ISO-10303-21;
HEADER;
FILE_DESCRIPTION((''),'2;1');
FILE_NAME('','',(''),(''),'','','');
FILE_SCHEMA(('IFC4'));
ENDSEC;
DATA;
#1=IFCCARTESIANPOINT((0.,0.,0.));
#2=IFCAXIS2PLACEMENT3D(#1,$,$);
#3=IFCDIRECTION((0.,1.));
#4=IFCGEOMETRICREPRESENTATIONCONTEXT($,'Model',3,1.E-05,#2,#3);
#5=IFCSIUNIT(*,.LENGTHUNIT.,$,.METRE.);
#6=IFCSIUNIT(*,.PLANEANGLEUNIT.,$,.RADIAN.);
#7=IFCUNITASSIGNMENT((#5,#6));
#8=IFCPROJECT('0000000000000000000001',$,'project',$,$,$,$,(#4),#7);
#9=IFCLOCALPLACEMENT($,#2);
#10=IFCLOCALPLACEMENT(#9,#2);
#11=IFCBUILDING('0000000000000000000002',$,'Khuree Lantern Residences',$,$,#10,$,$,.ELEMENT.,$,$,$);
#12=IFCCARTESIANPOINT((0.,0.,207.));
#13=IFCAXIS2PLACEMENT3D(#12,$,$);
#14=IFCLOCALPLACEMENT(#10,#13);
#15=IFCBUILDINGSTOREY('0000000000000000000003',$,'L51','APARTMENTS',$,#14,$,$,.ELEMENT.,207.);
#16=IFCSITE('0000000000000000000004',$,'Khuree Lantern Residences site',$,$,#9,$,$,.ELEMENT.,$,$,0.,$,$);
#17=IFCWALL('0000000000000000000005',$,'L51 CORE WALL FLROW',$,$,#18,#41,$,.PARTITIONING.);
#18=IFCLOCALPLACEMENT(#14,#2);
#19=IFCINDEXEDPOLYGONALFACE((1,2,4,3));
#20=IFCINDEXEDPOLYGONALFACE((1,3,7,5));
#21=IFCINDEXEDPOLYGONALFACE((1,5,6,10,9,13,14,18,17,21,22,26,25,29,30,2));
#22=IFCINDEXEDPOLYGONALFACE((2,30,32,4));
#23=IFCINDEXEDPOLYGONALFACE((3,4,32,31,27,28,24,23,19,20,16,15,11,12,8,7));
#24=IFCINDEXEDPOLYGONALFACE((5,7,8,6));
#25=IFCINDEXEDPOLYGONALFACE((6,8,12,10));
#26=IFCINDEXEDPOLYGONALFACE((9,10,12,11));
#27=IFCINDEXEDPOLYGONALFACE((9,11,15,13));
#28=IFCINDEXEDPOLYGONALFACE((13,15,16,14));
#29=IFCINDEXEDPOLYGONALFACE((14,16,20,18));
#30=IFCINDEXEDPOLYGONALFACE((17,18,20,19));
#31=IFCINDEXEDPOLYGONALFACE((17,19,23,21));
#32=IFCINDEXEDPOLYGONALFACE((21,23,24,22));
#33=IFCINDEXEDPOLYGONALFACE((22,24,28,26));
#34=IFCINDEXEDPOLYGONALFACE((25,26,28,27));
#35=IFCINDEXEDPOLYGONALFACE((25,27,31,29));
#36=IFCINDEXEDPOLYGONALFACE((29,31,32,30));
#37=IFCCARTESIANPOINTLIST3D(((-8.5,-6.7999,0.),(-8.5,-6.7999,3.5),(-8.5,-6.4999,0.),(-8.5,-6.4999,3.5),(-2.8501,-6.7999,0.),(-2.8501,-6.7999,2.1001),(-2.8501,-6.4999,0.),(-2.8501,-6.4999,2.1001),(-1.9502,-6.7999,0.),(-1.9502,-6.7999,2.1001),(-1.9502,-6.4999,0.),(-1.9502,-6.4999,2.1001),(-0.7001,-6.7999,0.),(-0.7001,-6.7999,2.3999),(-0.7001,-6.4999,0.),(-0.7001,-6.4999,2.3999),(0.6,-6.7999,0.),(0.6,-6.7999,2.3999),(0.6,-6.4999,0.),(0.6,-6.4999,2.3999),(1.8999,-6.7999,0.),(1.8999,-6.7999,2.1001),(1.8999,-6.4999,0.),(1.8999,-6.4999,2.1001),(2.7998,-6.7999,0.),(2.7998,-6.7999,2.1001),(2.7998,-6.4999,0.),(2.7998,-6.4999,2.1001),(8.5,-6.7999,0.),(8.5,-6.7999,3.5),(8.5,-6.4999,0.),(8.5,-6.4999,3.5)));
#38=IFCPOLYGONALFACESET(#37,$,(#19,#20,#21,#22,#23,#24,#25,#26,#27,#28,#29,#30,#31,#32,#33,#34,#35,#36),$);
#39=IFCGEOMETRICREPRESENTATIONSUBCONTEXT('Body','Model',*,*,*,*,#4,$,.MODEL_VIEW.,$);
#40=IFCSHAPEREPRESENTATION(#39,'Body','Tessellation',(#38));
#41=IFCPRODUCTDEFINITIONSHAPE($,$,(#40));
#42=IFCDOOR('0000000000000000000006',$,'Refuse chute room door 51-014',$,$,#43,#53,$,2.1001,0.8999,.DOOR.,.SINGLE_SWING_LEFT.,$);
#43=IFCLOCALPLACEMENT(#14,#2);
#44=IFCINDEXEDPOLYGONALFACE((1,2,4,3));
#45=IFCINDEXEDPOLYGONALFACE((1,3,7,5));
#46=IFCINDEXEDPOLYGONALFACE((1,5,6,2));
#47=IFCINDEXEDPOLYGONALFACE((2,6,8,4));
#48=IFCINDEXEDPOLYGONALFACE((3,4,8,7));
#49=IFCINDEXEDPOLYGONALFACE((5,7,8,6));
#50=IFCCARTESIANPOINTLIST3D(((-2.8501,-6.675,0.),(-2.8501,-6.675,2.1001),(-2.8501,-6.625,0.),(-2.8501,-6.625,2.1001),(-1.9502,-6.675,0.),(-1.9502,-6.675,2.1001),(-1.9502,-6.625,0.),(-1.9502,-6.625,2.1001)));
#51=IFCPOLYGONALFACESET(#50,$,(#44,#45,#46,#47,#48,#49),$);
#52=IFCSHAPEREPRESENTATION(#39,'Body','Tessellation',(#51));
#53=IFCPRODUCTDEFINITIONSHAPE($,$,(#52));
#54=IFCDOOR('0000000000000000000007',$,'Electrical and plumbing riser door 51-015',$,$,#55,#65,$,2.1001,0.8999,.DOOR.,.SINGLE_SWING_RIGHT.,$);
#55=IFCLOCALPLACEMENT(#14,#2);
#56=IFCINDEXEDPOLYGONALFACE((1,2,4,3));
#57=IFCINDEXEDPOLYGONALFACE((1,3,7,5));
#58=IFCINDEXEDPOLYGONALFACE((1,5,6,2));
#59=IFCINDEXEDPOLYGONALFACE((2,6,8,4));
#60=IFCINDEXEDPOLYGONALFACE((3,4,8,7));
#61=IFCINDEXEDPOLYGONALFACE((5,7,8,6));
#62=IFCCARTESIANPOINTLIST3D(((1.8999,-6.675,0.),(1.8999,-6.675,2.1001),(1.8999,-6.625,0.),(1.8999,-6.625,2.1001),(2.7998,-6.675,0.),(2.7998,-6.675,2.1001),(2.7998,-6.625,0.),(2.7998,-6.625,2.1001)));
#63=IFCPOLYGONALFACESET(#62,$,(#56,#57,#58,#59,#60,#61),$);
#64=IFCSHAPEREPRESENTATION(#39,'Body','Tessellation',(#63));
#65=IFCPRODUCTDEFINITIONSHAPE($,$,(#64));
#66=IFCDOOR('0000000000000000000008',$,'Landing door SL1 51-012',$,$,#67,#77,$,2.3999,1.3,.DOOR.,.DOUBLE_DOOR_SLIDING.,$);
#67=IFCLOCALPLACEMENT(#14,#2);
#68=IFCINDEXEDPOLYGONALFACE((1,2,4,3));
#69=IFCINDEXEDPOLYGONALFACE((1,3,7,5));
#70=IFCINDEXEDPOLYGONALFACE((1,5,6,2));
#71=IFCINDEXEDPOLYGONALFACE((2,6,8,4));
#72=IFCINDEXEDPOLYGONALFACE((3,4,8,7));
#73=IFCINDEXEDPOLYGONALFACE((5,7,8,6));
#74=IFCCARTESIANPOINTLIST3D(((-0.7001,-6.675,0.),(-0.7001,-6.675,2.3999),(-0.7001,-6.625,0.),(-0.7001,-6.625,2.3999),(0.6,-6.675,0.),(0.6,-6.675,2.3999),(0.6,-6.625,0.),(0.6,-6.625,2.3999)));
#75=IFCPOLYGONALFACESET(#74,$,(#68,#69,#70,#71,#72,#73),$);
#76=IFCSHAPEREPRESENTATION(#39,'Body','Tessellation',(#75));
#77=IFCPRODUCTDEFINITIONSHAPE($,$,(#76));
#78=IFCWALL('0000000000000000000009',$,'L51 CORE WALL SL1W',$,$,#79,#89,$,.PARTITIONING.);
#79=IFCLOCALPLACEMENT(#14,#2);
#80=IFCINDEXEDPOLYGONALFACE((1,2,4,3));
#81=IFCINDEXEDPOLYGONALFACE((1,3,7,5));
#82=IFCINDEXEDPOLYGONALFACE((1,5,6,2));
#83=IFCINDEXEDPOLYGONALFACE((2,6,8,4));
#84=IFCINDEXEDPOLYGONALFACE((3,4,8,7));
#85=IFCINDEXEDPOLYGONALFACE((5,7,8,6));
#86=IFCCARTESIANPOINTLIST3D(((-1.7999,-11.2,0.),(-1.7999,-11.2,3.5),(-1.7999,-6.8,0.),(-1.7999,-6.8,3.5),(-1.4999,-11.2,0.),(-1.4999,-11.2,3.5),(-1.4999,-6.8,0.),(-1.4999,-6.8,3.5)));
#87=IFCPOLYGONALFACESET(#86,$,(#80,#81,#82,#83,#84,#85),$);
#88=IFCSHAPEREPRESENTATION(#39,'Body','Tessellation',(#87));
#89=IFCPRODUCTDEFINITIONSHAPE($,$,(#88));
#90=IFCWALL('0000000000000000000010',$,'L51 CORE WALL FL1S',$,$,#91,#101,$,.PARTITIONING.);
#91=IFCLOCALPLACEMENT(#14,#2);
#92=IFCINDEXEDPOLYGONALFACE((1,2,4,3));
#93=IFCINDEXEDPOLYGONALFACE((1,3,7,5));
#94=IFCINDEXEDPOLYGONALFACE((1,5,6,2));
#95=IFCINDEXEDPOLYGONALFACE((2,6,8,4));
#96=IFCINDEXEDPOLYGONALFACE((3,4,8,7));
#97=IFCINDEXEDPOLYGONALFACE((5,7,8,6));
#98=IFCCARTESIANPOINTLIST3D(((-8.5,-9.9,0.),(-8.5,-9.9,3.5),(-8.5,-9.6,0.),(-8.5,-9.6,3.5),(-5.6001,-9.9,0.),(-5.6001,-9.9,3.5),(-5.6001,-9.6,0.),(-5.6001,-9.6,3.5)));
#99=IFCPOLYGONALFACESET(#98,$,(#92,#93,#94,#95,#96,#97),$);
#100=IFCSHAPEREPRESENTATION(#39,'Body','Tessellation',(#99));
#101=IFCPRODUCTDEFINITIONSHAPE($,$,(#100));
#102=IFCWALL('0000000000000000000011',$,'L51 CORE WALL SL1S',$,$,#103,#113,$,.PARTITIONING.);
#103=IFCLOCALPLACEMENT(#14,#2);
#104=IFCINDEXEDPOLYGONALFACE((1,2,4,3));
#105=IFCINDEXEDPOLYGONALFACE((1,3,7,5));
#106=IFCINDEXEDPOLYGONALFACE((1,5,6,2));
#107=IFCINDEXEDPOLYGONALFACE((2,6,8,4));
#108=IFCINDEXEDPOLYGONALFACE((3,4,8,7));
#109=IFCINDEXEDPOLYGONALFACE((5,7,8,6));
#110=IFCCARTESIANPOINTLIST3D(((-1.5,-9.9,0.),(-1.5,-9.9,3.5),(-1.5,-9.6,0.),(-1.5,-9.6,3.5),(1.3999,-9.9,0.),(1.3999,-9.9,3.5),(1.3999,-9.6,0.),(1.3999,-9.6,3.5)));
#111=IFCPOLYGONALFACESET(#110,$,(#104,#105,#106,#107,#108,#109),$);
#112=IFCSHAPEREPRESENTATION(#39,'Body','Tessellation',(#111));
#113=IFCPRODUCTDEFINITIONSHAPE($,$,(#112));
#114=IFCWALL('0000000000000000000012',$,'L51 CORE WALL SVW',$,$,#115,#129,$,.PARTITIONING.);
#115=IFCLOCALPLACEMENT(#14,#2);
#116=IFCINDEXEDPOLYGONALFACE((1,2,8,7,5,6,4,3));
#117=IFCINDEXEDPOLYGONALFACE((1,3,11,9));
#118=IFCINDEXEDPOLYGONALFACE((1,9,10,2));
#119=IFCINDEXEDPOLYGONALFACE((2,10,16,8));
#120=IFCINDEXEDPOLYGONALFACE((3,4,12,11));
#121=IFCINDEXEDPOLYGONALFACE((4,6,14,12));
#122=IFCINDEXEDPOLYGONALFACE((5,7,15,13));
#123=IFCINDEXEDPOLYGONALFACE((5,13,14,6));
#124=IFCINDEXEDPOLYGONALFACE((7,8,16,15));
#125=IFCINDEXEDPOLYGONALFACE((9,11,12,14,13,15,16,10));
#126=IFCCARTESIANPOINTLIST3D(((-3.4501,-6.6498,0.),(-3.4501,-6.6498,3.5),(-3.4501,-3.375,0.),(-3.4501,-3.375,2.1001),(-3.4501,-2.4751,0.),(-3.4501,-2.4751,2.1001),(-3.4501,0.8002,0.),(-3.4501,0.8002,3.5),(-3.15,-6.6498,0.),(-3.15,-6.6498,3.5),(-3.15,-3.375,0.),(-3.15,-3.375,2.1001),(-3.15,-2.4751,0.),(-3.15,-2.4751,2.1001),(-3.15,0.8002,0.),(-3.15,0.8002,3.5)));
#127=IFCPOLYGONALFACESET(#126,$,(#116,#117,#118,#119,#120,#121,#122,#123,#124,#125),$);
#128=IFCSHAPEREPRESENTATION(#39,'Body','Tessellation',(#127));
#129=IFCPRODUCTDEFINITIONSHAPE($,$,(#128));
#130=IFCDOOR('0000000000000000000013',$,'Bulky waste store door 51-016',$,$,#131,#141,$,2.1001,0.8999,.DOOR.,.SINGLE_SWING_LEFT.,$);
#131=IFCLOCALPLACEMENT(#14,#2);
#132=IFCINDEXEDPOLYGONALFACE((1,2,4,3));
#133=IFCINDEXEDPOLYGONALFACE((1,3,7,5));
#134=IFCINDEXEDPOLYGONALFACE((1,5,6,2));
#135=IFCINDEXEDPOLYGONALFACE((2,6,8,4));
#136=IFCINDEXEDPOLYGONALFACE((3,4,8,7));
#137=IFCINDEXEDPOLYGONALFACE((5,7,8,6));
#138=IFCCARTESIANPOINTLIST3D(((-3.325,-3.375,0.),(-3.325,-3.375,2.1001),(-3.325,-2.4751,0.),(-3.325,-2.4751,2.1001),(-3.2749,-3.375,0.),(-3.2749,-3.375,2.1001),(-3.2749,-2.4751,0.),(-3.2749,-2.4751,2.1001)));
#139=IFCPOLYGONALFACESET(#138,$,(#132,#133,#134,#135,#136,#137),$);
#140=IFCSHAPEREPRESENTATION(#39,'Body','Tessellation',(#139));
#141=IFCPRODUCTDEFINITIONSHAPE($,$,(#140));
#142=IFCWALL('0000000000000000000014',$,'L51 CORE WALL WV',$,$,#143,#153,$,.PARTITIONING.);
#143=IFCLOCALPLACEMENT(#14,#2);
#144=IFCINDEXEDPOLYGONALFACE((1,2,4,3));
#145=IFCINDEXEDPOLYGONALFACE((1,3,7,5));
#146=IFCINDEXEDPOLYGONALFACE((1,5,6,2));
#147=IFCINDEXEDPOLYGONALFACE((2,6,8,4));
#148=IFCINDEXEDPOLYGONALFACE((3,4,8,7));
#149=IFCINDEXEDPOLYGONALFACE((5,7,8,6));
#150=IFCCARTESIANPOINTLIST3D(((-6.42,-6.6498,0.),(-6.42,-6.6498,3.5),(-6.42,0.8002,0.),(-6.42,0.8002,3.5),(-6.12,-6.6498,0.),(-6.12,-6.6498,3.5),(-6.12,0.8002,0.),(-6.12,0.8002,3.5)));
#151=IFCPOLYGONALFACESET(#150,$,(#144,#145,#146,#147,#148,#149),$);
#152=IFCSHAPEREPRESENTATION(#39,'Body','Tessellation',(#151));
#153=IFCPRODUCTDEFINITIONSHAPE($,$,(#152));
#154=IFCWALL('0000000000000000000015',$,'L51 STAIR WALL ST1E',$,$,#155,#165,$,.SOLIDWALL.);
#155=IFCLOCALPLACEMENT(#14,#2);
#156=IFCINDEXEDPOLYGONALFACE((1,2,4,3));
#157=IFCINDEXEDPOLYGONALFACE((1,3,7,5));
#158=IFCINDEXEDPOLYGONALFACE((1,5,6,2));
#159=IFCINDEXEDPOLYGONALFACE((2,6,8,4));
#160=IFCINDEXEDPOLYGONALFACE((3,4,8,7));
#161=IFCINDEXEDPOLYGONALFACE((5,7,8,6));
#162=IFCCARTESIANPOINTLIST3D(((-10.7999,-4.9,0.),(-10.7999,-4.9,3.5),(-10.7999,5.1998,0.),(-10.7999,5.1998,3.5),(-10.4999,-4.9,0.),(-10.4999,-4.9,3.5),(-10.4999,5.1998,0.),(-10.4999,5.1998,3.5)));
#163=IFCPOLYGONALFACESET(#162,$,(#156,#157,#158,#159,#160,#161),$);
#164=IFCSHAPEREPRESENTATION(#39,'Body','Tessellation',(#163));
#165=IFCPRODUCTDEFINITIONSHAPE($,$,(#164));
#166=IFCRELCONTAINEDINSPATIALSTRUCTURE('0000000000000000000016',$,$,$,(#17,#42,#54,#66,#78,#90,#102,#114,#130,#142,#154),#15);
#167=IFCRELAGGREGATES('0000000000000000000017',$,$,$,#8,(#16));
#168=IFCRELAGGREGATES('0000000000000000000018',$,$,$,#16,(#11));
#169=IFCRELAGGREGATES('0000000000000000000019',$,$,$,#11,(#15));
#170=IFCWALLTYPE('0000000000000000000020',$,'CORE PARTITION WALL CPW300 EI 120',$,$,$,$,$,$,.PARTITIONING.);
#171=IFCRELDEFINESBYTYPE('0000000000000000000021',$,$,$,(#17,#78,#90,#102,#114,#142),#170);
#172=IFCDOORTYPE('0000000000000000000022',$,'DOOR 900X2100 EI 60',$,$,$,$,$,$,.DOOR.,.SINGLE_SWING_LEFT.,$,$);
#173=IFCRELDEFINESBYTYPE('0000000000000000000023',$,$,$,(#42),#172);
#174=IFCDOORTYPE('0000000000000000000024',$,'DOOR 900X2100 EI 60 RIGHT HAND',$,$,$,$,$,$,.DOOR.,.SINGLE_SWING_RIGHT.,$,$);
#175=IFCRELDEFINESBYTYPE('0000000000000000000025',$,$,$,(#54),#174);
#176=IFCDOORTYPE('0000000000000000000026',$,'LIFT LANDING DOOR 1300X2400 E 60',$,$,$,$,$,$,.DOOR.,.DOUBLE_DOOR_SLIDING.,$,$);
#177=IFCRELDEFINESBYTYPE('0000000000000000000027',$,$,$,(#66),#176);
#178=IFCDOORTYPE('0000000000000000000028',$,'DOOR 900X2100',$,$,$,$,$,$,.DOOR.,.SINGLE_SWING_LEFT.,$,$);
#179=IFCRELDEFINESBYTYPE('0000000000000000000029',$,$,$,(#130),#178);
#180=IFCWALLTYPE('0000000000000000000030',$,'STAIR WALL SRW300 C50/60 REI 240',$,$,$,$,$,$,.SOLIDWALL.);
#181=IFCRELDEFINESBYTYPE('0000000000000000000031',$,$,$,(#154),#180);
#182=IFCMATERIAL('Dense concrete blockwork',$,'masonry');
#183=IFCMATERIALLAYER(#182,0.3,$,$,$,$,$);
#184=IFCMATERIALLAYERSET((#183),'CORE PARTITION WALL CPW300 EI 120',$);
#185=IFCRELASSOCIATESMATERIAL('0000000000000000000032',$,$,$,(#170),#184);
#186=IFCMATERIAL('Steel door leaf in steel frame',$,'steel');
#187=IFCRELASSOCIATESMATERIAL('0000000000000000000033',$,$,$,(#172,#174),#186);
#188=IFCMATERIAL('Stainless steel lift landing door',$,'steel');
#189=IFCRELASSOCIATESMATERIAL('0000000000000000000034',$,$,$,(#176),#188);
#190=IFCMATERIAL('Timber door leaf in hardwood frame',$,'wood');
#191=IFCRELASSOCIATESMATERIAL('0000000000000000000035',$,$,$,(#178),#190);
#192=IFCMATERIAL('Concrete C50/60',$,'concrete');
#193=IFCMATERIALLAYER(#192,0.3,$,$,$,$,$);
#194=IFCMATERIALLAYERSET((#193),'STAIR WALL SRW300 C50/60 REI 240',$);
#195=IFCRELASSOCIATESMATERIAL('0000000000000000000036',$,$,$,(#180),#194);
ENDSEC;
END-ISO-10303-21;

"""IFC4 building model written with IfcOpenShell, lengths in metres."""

from ifc_helpers import new_model, si_unit, direction, frame, frame_2d, origin, place, context, subcontext, project, spatial, rectangle, extrude, material, layer, layer_set, type_object, element, fill, save


model = new_model("IFC4")

# Units and contexts
model_context = context("Model", 3, precision=1e-05, world=origin(), true_north=direction((0.0, 1.0)))
body_context = subcontext(model_context, "Body", "Model", "MODEL_VIEW")
ifc_project = project(units=[si_unit("LENGTHUNIT", "METRE"), si_unit("PLANEANGLEUNIT", "RADIAN")], contexts=[model_context])

# Site, building, storey
site_placement = place(None, origin())
site = spatial("IfcSite", under=ifc_project, at=site_placement, Name="Khuree Lantern Residences site", CompositionType="ELEMENT", RefElevation=0.0)
building_placement = place(site_placement, origin())
building = spatial("IfcBuilding", under=site, at=building_placement, Name="Khuree Lantern Residences", CompositionType="ELEMENT")
storey_placement = place(building_placement, frame((0.0, 0.0, 207.0)))
storey = spatial("IfcBuildingStorey", under=building, at=storey_placement, Name="L51", Description="APARTMENTS", CompositionType="ELEMENT", Elevation=207.0)

# Wall, openings, doors
ifc_material_1 = material(Name="Dense concrete blockwork", Category="masonry")
ifc_layer_1 = layer(ifc_material_1, 0.3)
ifc_layer_set_1 = layer_set([ifc_layer_1], Name="CORE PARTITION WALL CPW300 EI 120")
wall_type_1 = type_object("IfcWallType", Name="CORE PARTITION WALL CPW300 EI 120", PredefinedType="PARTITIONING", material=ifc_layer_set_1)
wall_1_placement = place(storey_placement, frame((-8.5, -6.6499, 0.0), z_axis=(0.0, 0.0, 1.0), x_axis=(1.0, 0.0, 0.0)))
wall_1 = element("IfcWall", 1, at=wall_1_placement, inside=storey, type_object=wall_type_1, Name="L51 CORE WALL FLROW", PredefinedType="PARTITIONING", context=body_context, shape_type="SweptSolid", body=[
    extrude(rectangle(XDim=17.0, YDim=0.3, at=frame_2d((8.5, 0.0))), origin(), (0.0, 0.0, 1.0), 3.5),
])
opening_1_placement = place(wall_1_placement, frame((7.8, 0.0, 0.0)))
opening_1 = element("IfcOpeningElement", 2, at=opening_1_placement, cuts=wall_1, PredefinedType="OPENING", context=body_context, shape_type="SweptSolid", body=[
    extrude(rectangle(XDim=1.3, YDim=2.3999, at=frame_2d((0.6499, 1.2))), frame((0.0, 0.1602, 0.0), z_axis=(0.0, -1.0, 0.0), x_axis=(1.0, 0.0, 0.0)), (0.0, 0.0, 1.0), 0.3201),
])
opening_2_placement = place(wall_1_placement, frame((5.6499, 0.0, 0.0)))
opening_2 = element("IfcOpeningElement", 3, at=opening_2_placement, cuts=wall_1, PredefinedType="OPENING", context=body_context, shape_type="SweptSolid", body=[
    extrude(rectangle(XDim=0.8999, YDim=2.1001, at=frame_2d((0.45, 1.05))), frame((0.0, 0.1602, 0.0), z_axis=(0.0, -1.0, 0.0), x_axis=(1.0, 0.0, 0.0)), (0.0, 0.0, 1.0), 0.3201),
])
opening_3_placement = place(wall_1_placement, frame((10.3999, 0.0, 0.0)))
opening_3 = element("IfcOpeningElement", 4, at=opening_3_placement, cuts=wall_1, PredefinedType="OPENING", context=body_context, shape_type="SweptSolid", body=[
    extrude(rectangle(XDim=0.8999, YDim=2.1001, at=frame_2d((0.45, 1.05))), frame((0.0, 0.1602, 0.0), z_axis=(0.0, -1.0, 0.0), x_axis=(1.0, 0.0, 0.0)), (0.0, 0.0, 1.0), 0.3201),
])
ifc_material_2 = material(Name="Steel door leaf in steel frame", Category="steel")
door_type_1 = type_object("IfcDoorType", Name="DOOR 900X2100 EI 60", OperationType="SINGLE_SWING_LEFT", PredefinedType="DOOR", material=ifc_material_2)
door_1_placement = place(opening_2_placement, origin())
door_1 = element("IfcDoor", 5, at=door_1_placement, inside=storey, type_object=door_type_1, Name="Refuse chute room door 51-014", OperationType="SINGLE_SWING_LEFT", OverallHeight=2.1001, OverallWidth=0.8999, PredefinedType="DOOR", context=body_context, shape_type="SweptSolid", body=[
    extrude(rectangle(XDim=0.8999, YDim=2.1001, at=frame_2d((0.45, 1.05))), frame((0.0, 0.0249, 0.0), z_axis=(0.0, -1.0, 0.0), x_axis=(1.0, 0.0, 0.0)), (0.0, 0.0, 1.0), 0.05),
])
fill(opening_2, door_1)
door_type_2 = type_object("IfcDoorType", Name="DOOR 900X2100 EI 60 RIGHT HAND", OperationType="SINGLE_SWING_RIGHT", PredefinedType="DOOR", material=ifc_material_2)
door_2_placement = place(opening_3_placement, origin())
door_2 = element("IfcDoor", 6, at=door_2_placement, inside=storey, type_object=door_type_2, Name="Electrical and plumbing riser door 51-015", OperationType="SINGLE_SWING_RIGHT", OverallHeight=2.1001, OverallWidth=0.8999, PredefinedType="DOOR", context=body_context, shape_type="SweptSolid", body=[
    extrude(rectangle(XDim=0.8999, YDim=2.1001, at=frame_2d((0.45, 1.05))), frame((0.0, 0.0249, 0.0), z_axis=(0.0, -1.0, 0.0), x_axis=(1.0, 0.0, 0.0)), (0.0, 0.0, 1.0), 0.05),
])
fill(opening_3, door_2)
ifc_material_3 = material(Name="Stainless steel lift landing door", Category="steel")
door_type_3 = type_object("IfcDoorType", Name="LIFT LANDING DOOR 1300X2400 E 60", OperationType="DOUBLE_DOOR_SLIDING", PredefinedType="DOOR", material=ifc_material_3)
door_3_placement = place(opening_1_placement, origin())
door_3 = element("IfcDoor", 7, at=door_3_placement, inside=storey, type_object=door_type_3, Name="Landing door SL1 51-012", OperationType="DOUBLE_DOOR_SLIDING", OverallHeight=2.3999, OverallWidth=1.3, PredefinedType="DOOR", context=body_context, shape_type="SweptSolid", body=[
    extrude(rectangle(XDim=1.3, YDim=2.3999, at=frame_2d((0.6499, 1.2))), frame((0.0, 0.0249, 0.0), z_axis=(0.0, -1.0, 0.0), x_axis=(1.0, 0.0, 0.0)), (0.0, 0.0, 1.0), 0.05),
])
fill(opening_1, door_3)

# Walls
wall_2_placement = place(storey_placement, frame((-1.6499, -11.2, 0.0), z_axis=(0.0, 0.0, 1.0), x_axis=(0.0, 1.0, 0.0)))
element("IfcWall", 8, at=wall_2_placement, inside=storey, type_object=wall_type_1, Name="L51 CORE WALL SL1W", PredefinedType="PARTITIONING", context=body_context, shape_type="SweptSolid", body=[
    extrude(rectangle(XDim=4.3999, YDim=0.3, at=frame_2d((2.2, 0.0))), origin(), (0.0, 0.0, 1.0), 3.5),
])
for number, where, z_axis, x_axis, name in (
    (9, (-8.5, -9.75, 0.0), (0.0, 0.0, 1.0), (1.0, 0.0, 0.0), "L51 CORE WALL FL1S"),
    (10, (-1.5, -9.75, 0.0), (0.0, 0.0, 1.0), (1.0, 0.0, 0.0), "L51 CORE WALL SL1S"),
):
    element("IfcWall", number, at=place(storey_placement, frame(where, z_axis=z_axis, x_axis=x_axis)), inside=storey, type_object=wall_type_1, Name=name, PredefinedType="PARTITIONING", context=body_context, shape_type="SweptSolid", body=[
        extrude(rectangle(XDim=2.8999, YDim=0.3, at=frame_2d((1.45, 0.0))), origin(), (0.0, 0.0, 1.0), 3.5),
    ])

# Wall, opening, door
wall_3_placement = place(storey_placement, frame((-3.3, -6.6499, 0.0), z_axis=(0.0, 0.0, 1.0), x_axis=(0.0, 1.0, 0.0)))
wall_3 = element("IfcWall", 11, at=wall_3_placement, inside=storey, type_object=wall_type_1, Name="L51 CORE WALL SVW", PredefinedType="PARTITIONING", context=body_context, shape_type="SweptSolid", body=[
    extrude(rectangle(XDim=7.45, YDim=0.3, at=frame_2d((3.7251, 0.0))), origin(), (0.0, 0.0, 1.0), 3.5),
])
opening_4_placement = place(wall_3_placement, frame((3.2749, 0.0, 0.0)))
opening_4 = element("IfcOpeningElement", 12, at=opening_4_placement, cuts=wall_3, PredefinedType="OPENING", context=body_context, shape_type="SweptSolid", body=[
    extrude(rectangle(XDim=0.8999, YDim=2.1001, at=frame_2d((0.45, 1.05))), frame((0.0, 0.1602, 0.0), z_axis=(0.0, -1.0, 0.0), x_axis=(1.0, 0.0, 0.0)), (0.0, 0.0, 1.0), 0.3201),
])
ifc_material_4 = material(Name="Timber door leaf in hardwood frame", Category="wood")
door_type_4 = type_object("IfcDoorType", Name="DOOR 900X2100", OperationType="SINGLE_SWING_LEFT", PredefinedType="DOOR", material=ifc_material_4)
door_4_placement = place(opening_4_placement, origin())
door_4 = element("IfcDoor", 13, at=door_4_placement, inside=storey, type_object=door_type_4, Name="Bulky waste store door 51-016", OperationType="SINGLE_SWING_LEFT", OverallHeight=2.1001, OverallWidth=0.8999, PredefinedType="DOOR", context=body_context, shape_type="SweptSolid", body=[
    extrude(rectangle(XDim=0.8999, YDim=2.1001, at=frame_2d((0.45, 1.05))), frame((0.0, 0.0249, 0.0), z_axis=(0.0, -1.0, 0.0), x_axis=(1.0, 0.0, 0.0)), (0.0, 0.0, 1.0), 0.05),
])
fill(opening_4, door_4)

# Walls
wall_4_placement = place(storey_placement, frame((-6.27, -6.6499, 0.0), z_axis=(0.0, 0.0, 1.0), x_axis=(0.0, 1.0, 0.0)))
element("IfcWall", 14, at=wall_4_placement, inside=storey, type_object=wall_type_1, Name="L51 CORE WALL WV", PredefinedType="PARTITIONING", context=body_context, shape_type="SweptSolid", body=[
    extrude(rectangle(XDim=7.45, YDim=0.3, at=frame_2d((3.7251, 0.0))), origin(), (0.0, 0.0, 1.0), 3.5),
])
ifc_material_5 = material(Name="Concrete C50/60", Category="concrete")
ifc_layer_2 = layer(ifc_material_5, 0.3)
ifc_layer_set_2 = layer_set([ifc_layer_2], Name="STAIR WALL SRW300 C50/60 REI 240")
wall_type_2 = type_object("IfcWallType", Name="STAIR WALL SRW300 C50/60 REI 240", PredefinedType="SOLIDWALL", material=ifc_layer_set_2)
wall_5_placement = place(storey_placement, frame((-10.6499, -4.8999, 0.0), z_axis=(0.0, 0.0, 1.0), x_axis=(0.0, 1.0, 0.0)))
element("IfcWall", 15, at=wall_5_placement, inside=storey, type_object=wall_type_2, Name="L51 STAIR WALL ST1E", PredefinedType="SOLIDWALL", context=body_context, shape_type="SweptSolid", body=[
    extrude(rectangle(XDim=10.0999, YDim=0.3, at=frame_2d((5.0498, 0.0))), origin(), (0.0, 0.0, 1.0), 3.5),
])

save(model, "model.ifc")
